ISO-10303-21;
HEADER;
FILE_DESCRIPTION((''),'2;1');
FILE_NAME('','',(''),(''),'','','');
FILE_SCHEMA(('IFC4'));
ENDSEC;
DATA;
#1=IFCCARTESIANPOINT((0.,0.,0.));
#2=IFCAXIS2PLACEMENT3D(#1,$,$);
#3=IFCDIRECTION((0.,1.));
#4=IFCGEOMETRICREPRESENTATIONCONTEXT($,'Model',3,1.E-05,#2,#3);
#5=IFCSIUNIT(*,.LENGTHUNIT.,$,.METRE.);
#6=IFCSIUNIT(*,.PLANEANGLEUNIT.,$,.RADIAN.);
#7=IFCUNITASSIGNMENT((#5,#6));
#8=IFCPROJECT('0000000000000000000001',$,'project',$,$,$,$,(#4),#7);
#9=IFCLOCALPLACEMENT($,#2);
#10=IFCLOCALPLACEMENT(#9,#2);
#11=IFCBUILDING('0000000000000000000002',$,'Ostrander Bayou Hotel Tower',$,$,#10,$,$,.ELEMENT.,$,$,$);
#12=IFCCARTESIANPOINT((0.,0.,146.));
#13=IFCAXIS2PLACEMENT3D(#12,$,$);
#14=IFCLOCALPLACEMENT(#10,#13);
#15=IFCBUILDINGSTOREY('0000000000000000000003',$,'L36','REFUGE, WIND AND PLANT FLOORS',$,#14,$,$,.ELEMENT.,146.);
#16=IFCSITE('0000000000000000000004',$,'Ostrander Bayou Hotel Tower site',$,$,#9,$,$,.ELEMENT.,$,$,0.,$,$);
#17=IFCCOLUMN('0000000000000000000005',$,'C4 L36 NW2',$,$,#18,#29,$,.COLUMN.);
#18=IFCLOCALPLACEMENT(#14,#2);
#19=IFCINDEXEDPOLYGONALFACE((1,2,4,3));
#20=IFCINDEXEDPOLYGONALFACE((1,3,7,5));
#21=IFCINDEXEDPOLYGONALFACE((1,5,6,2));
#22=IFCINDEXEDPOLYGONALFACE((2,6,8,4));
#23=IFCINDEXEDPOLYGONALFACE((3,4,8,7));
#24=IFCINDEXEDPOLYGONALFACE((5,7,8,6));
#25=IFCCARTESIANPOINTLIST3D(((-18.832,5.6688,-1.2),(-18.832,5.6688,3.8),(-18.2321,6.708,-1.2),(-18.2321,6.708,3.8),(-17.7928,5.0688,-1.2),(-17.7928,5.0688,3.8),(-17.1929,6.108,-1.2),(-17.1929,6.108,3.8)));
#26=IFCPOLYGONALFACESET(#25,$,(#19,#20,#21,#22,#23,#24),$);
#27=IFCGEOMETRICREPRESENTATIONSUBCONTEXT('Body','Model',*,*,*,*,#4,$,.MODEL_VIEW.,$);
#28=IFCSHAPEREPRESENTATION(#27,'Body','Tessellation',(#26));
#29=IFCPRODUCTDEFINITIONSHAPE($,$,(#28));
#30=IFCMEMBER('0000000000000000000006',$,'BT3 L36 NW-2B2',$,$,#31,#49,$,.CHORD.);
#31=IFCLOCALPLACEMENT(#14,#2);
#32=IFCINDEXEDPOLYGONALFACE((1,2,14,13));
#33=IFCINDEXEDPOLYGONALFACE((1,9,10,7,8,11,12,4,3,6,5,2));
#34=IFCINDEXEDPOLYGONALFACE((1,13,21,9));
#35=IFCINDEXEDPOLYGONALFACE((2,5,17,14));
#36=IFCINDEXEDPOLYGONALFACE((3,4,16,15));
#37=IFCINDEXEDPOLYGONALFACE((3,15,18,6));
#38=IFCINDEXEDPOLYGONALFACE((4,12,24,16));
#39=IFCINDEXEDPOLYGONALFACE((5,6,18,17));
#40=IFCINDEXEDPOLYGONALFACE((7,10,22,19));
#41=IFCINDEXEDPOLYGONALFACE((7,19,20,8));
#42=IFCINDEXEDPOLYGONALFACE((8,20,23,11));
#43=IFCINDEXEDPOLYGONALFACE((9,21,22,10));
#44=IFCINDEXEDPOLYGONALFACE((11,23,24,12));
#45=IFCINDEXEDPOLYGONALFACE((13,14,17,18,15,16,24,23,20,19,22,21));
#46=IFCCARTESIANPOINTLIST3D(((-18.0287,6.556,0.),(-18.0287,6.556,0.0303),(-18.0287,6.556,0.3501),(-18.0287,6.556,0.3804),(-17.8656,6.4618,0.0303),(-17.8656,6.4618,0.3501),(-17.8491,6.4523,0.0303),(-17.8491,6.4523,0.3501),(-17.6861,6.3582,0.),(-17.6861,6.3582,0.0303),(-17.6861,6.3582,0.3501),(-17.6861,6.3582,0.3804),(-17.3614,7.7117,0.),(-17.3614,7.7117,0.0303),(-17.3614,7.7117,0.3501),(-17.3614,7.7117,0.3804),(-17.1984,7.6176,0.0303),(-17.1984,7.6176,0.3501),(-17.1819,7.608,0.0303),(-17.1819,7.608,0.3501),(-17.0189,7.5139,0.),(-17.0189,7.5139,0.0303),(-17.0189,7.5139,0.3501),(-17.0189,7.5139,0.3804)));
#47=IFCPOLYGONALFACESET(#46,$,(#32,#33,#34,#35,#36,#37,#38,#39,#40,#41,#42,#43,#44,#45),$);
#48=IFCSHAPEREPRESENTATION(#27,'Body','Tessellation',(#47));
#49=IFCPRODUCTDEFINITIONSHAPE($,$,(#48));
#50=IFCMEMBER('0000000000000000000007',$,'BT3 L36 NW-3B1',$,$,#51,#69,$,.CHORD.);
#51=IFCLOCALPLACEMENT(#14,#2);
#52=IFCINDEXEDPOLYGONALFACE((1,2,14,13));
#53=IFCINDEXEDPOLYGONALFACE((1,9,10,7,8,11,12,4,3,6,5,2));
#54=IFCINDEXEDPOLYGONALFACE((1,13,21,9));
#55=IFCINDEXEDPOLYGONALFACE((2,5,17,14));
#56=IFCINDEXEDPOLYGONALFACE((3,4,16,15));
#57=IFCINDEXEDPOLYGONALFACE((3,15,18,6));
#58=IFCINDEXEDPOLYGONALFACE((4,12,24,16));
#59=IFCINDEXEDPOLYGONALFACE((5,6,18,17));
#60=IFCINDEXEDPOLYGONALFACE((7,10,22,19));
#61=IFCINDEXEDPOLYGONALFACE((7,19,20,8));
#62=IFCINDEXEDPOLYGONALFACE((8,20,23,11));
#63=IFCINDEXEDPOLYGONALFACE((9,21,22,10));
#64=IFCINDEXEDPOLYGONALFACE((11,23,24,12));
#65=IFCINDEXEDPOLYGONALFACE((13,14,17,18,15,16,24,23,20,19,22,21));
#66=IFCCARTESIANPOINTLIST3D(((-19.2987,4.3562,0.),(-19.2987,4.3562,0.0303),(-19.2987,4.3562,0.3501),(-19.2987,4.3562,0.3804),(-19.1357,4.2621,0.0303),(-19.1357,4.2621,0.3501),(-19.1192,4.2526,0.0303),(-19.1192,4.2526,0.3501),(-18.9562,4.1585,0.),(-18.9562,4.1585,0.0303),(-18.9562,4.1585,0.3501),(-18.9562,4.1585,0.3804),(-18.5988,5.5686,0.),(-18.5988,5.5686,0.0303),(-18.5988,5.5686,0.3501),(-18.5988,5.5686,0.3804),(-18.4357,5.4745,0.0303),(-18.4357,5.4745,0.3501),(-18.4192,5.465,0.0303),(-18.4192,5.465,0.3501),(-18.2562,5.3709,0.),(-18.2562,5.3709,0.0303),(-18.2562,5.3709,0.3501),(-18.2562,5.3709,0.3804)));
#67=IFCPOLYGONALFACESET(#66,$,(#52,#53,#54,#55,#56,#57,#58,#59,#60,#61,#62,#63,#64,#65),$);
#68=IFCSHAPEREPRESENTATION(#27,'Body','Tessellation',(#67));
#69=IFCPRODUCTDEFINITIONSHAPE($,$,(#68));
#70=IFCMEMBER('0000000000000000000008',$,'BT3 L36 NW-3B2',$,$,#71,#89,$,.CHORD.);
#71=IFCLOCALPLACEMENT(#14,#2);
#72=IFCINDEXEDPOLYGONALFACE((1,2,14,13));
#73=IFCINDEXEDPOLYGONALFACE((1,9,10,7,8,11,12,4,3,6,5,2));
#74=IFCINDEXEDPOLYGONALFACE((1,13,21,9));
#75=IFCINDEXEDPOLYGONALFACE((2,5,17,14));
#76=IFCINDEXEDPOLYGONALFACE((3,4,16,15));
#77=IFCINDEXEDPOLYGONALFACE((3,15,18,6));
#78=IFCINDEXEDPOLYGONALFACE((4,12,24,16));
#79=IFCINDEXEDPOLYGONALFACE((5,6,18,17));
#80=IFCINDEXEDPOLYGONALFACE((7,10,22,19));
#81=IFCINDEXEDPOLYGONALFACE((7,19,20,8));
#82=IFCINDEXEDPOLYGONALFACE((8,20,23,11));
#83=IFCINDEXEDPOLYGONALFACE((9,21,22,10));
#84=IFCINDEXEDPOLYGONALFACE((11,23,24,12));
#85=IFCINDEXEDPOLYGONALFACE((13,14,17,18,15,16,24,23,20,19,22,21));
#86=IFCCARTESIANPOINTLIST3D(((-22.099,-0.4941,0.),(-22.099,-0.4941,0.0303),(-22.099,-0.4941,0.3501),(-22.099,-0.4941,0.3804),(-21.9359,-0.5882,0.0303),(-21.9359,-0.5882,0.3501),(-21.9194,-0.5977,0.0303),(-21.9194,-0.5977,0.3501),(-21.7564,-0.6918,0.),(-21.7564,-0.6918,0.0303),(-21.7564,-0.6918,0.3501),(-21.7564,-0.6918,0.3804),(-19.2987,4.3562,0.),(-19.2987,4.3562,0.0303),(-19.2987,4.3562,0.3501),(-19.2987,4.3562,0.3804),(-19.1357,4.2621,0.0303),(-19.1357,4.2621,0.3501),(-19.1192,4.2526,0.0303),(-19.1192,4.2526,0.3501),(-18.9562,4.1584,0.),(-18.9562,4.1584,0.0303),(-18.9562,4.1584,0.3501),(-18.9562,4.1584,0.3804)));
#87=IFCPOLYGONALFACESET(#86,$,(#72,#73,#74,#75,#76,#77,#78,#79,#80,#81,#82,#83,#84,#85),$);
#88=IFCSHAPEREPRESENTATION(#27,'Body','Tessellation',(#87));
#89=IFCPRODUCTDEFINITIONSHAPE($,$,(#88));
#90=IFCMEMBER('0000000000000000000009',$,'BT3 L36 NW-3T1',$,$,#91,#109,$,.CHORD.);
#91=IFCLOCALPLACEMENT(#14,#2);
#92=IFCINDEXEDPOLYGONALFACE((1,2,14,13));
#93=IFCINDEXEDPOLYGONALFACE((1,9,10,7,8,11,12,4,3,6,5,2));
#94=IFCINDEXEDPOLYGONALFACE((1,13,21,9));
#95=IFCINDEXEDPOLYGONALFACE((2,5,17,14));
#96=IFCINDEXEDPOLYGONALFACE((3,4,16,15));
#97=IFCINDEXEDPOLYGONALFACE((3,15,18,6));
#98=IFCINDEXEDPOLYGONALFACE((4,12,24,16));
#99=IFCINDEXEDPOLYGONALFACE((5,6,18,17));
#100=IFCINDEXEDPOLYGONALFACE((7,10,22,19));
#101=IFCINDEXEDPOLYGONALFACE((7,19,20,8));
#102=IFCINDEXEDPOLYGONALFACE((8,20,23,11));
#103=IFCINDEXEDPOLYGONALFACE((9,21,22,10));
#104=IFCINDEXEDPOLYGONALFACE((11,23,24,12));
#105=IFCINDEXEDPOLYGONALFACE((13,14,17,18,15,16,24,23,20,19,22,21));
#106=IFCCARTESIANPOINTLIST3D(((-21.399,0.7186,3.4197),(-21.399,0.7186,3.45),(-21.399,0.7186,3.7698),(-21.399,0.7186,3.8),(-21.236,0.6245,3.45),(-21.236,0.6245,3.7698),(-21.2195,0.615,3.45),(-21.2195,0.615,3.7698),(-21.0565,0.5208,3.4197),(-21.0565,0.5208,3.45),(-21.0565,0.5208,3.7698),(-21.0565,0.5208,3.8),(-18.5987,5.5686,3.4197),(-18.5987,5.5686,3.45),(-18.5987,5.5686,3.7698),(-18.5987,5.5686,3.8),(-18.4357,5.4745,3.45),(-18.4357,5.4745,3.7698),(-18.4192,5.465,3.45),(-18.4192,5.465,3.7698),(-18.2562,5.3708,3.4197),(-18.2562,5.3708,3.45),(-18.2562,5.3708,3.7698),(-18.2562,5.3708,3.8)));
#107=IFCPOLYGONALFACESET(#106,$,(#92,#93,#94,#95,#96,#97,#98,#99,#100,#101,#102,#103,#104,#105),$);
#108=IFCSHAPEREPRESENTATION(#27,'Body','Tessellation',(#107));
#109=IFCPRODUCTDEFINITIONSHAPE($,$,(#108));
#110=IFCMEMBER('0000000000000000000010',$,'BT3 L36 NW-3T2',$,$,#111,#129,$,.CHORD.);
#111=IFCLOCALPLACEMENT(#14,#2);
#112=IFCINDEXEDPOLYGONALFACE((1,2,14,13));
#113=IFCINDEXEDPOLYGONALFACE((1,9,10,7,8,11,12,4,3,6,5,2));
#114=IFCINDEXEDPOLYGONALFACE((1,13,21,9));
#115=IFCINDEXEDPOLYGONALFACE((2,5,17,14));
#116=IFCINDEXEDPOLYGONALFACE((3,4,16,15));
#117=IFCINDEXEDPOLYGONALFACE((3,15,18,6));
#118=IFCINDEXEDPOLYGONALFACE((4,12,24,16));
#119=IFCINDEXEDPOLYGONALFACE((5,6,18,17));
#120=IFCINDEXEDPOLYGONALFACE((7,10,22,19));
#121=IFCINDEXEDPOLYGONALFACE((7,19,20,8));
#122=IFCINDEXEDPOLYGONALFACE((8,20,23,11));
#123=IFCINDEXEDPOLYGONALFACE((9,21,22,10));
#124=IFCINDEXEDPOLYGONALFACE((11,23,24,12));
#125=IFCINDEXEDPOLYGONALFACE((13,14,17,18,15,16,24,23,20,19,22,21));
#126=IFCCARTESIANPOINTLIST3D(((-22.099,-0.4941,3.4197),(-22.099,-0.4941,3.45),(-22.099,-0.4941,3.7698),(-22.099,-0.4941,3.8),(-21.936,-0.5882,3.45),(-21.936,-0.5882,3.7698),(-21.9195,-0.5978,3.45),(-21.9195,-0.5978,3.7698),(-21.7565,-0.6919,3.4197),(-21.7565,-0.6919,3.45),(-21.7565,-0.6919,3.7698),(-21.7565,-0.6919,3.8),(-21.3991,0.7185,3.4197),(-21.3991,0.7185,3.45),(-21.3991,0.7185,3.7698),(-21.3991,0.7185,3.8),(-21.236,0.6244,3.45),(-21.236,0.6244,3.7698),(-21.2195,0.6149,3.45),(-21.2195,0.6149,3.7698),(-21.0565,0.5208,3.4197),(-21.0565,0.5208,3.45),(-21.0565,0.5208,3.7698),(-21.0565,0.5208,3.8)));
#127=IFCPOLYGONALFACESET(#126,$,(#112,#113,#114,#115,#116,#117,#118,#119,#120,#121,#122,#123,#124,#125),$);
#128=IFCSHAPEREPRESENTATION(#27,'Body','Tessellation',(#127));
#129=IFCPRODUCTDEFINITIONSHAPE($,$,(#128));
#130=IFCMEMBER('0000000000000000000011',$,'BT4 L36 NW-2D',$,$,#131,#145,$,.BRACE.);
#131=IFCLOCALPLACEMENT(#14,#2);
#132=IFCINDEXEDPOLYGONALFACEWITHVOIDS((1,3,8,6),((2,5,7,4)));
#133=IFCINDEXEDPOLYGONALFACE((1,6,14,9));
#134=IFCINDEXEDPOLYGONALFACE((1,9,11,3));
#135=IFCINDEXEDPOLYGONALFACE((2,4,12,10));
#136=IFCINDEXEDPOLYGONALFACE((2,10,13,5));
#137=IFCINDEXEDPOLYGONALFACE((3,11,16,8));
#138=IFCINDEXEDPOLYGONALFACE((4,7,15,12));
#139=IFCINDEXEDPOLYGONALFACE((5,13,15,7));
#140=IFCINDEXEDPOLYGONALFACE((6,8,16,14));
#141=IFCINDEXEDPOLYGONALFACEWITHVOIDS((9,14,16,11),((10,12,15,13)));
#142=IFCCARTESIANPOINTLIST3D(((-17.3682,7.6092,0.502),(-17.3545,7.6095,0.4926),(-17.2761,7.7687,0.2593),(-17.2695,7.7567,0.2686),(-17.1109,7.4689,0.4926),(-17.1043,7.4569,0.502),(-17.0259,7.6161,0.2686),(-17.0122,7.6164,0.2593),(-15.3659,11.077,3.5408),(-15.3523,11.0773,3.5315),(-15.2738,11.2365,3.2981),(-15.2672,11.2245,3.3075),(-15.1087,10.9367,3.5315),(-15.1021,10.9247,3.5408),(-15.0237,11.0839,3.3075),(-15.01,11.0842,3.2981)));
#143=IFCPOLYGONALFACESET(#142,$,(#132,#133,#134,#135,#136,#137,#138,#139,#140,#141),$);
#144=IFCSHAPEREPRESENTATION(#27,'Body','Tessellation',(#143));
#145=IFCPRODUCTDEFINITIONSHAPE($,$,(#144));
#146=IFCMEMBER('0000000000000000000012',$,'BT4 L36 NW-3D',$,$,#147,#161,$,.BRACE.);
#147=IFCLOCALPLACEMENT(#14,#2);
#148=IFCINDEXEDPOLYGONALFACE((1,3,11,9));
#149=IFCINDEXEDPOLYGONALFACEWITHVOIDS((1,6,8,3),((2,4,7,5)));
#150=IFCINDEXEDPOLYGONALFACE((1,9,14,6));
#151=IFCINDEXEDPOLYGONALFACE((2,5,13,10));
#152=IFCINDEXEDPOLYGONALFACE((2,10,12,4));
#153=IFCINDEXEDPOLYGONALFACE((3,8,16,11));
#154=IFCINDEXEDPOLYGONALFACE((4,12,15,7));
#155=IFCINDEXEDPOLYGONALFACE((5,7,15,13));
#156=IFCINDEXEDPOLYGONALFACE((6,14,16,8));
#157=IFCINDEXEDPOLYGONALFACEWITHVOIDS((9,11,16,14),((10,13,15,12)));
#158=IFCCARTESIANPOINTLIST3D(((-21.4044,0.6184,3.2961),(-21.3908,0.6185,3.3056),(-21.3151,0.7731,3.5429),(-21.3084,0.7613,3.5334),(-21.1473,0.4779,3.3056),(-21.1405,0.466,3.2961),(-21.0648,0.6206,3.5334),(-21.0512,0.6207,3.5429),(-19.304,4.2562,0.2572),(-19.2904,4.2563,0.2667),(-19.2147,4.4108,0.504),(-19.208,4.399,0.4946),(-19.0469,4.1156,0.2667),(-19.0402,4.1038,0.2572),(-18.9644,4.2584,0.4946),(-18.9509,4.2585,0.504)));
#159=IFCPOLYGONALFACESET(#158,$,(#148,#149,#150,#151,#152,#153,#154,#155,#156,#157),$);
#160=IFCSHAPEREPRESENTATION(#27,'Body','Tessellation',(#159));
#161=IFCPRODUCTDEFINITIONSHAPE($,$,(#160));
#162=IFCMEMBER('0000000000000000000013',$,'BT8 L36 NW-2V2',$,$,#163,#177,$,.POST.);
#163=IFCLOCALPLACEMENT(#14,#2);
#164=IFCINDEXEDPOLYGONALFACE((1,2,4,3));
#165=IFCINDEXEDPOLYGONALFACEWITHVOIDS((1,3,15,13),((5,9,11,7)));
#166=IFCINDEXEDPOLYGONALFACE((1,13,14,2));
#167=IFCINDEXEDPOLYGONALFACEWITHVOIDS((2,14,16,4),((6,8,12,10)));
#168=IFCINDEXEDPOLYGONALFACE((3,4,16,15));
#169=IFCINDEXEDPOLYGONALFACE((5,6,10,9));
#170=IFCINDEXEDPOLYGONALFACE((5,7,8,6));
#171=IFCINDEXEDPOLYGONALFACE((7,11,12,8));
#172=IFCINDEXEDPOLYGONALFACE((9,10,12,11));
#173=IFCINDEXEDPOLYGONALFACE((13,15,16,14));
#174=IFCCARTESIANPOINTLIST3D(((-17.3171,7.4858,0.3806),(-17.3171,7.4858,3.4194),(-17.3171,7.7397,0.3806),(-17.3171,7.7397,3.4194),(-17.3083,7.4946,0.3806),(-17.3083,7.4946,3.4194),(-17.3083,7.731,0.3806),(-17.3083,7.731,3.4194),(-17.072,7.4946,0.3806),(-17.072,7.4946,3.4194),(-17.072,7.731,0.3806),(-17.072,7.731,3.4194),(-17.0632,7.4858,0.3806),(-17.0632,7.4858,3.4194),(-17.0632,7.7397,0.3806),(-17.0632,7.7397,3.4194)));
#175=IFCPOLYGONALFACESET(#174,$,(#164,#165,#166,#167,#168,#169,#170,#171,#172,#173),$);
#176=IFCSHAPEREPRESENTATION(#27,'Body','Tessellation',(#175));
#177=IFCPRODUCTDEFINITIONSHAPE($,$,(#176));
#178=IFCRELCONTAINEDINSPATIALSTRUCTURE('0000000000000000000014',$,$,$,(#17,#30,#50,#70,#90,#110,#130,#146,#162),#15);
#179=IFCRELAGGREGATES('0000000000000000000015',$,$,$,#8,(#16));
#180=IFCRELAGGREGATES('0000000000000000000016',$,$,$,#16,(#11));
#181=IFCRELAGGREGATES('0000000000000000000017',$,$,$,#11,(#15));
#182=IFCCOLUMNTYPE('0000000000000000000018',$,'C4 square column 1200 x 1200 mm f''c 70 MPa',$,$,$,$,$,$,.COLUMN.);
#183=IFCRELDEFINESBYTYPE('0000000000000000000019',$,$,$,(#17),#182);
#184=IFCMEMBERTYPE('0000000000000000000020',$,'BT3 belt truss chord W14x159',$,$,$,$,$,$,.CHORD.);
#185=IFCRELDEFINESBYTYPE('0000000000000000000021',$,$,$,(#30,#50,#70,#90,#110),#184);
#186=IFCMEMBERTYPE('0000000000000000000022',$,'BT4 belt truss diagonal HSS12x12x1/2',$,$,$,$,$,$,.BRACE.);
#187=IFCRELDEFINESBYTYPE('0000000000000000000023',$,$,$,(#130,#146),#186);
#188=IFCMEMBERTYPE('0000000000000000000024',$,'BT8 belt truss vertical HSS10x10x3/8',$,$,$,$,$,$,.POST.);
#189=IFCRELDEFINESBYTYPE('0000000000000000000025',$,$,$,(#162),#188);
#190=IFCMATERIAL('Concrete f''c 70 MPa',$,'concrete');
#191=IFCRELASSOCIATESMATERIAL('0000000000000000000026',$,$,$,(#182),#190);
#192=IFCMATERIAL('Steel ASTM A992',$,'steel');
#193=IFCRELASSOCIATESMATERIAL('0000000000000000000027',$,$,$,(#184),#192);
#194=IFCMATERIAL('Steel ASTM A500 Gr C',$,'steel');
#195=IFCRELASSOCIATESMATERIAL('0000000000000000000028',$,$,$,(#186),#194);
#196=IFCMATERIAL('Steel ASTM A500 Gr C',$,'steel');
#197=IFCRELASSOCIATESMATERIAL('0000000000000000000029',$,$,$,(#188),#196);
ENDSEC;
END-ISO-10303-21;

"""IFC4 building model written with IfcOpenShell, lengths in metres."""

from ifc_helpers import new_model, si_unit, direction, frame, origin, origin_2d, place, context, subcontext, project, spatial, rectangle, hollow_rectangle, i_section, extrude, material, material_profile, profile_set, type_object, element, save


model = new_model("IFC4")

# Units and contexts
model_context = context("Model", 3, precision=1e-05, world=origin(), true_north=direction((0.0, 1.0)))
body_context = subcontext(model_context, "Body", "Model", "MODEL_VIEW")
ifc_project = project(units=[si_unit("LENGTHUNIT", "METRE"), si_unit("PLANEANGLEUNIT", "RADIAN")], contexts=[model_context])

# Site, building, storey
site_placement = place(None, origin())
site = spatial("IfcSite", under=ifc_project, at=site_placement, Name="Ostrander Bayou Hotel Tower site", CompositionType="ELEMENT", RefElevation=0.0)
building_placement = place(site_placement, origin())
building = spatial("IfcBuilding", under=site, at=building_placement, Name="Ostrander Bayou Hotel Tower", CompositionType="ELEMENT")
storey_placement = place(building_placement, frame((0.0, 0.0, 146.0)))
storey = spatial("IfcBuildingStorey", under=building, at=storey_placement, Name="L36", Description="REFUGE, WIND AND PLANT FLOORS", CompositionType="ELEMENT", Elevation=146.0)

# Column
ifc_material_1 = material(Name="Concrete f'c 70 MPa", Category="concrete")
ifc_material_profile_1 = material_profile(ifc_material_1, rectangle(XDim=1.2, YDim=1.2, at=origin_2d()))
ifc_profile_set_1 = profile_set([ifc_material_profile_1], Name="Concrete f'c 70 MPa")
column_type = type_object("IfcColumnType", Name="C4 square column 1200 x 1200 mm f'c 70 MPa", PredefinedType="COLUMN", material=ifc_profile_set_1)
column_placement = place(storey_placement, frame((-18.0125, 5.8884, -1.2), z_axis=(0.0, 0.0, 1.0), x_axis=(0.5, 0.866025, 0.0)))
element("IfcColumn", 1, at=column_placement, inside=storey, type_object=column_type, Name="C4 L36 NW2", PredefinedType="COLUMN", context=body_context, shape_type="SweptSolid", body=[
    extrude(rectangle(XDim=1.2, YDim=1.2, at=origin_2d()), origin(), (0.0, 0.0, 1.0), 5.0),
])

# Members
ifc_material_2 = material(Name="Steel ASTM A992", Category="steel")
ifc_material_profile_2 = material_profile(ifc_material_2, i_section(OverallWidth=0.3955, OverallDepth=0.3804, WebThickness=0.019, FlangeThickness=0.0303, at=origin_2d()))
ifc_profile_set_2 = profile_set([ifc_material_profile_2], Name="Steel ASTM A992")
member_type_1 = type_object("IfcMemberType", Name="BT3 belt truss chord W14x159", PredefinedType="CHORD", material=ifc_profile_set_2)
member_1_placement = place(storey_placement, frame((-17.1902, 7.6128, 0.1902), z_axis=(-0.499976, -0.866039, 0.0), x_axis=(0.866039, -0.499976, 0.0)))
element("IfcMember", 2, at=member_1_placement, inside=storey, type_object=member_type_1, Name="BT3 L36 NW-2B2", PredefinedType="CHORD", context=body_context, shape_type="SweptSolid", body=[
    extrude(i_section(OverallWidth=0.3955, OverallDepth=0.3804, WebThickness=0.019, FlangeThickness=0.0303, at=origin_2d()), origin(), (0.0, 0.0, 1.0), 1.3345),
])
member_2_placement = place(storey_placement, frame((-18.4275, 5.4697, 0.1902), z_axis=(-0.499984, -0.866035, 0.0), x_axis=(0.866035, -0.499984, 0.0)))
element("IfcMember", 3, at=member_2_placement, inside=storey, type_object=member_type_1, Name="BT3 L36 NW-3B1", PredefinedType="CHORD", context=body_context, shape_type="SweptSolid", body=[
    extrude(i_section(OverallWidth=0.3955, OverallDepth=0.3804, WebThickness=0.019, FlangeThickness=0.0303, at=origin_2d()), origin(), (0.0, 0.0, 1.0), 1.3999),
])
member_3_placement = place(storey_placement, frame((-19.1274, 4.2573, 0.1902), z_axis=(-0.499993, -0.86603, 0.0), x_axis=(0.86603, -0.499993, 0.0)))
element("IfcMember", 4, at=member_3_placement, inside=storey, type_object=member_type_1, Name="BT3 L36 NW-3B2", PredefinedType="CHORD", context=body_context, shape_type="SweptSolid", body=[
    extrude(i_section(OverallWidth=0.3955, OverallDepth=0.3804, WebThickness=0.019, FlangeThickness=0.0303, at=origin_2d()), origin(), (0.0, 0.0, 1.0), 5.6006),
])
member_4_placement = place(storey_placement, frame((-18.4275, 5.4697, 3.6099), z_axis=(-0.500012, -0.866019, 0.0), x_axis=(0.866019, -0.500012, 0.0)))
element("IfcMember", 5, at=member_4_placement, inside=storey, type_object=member_type_1, Name="BT3 L36 NW-3T1", PredefinedType="CHORD", context=body_context, shape_type="SweptSolid", body=[
    extrude(i_section(OverallWidth=0.3955, OverallDepth=0.3804, WebThickness=0.019, FlangeThickness=0.0303, at=origin_2d()), origin(), (0.0, 0.0, 1.0), 5.6003),
])
member_5_placement = place(storey_placement, frame((-21.2278, 0.6196, 3.6099), z_axis=(-0.499909, -0.866078, 0.0), x_axis=(0.866078, -0.499909, 0.0)))
element("IfcMember", 6, at=member_5_placement, inside=storey, type_object=member_type_1, Name="BT3 L36 NW-3T2", PredefinedType="CHORD", context=body_context, shape_type="SweptSolid", body=[
    extrude(i_section(OverallWidth=0.3955, OverallDepth=0.3804, WebThickness=0.019, FlangeThickness=0.0303, at=origin_2d()), origin(), (0.0, 0.0, 1.0), 1.4001),
])
ifc_material_3 = material(Name="Steel ASTM A500 Gr C", Category="steel")
ifc_material_profile_3 = material_profile(ifc_material_3, hollow_rectangle(XDim=0.3047, YDim=0.3047, WallThickness=0.0117, at=origin_2d()))
ifc_profile_set_3 = profile_set([ifc_material_profile_3], Name="Steel ASTM A500 Gr C")
member_type_2 = type_object("IfcMemberType", Name="BT4 belt truss diagonal HSS12x12x1/2", PredefinedType="BRACE", material=ifc_profile_set_3)
member_6_placement = place(storey_placement, frame((-17.1902, 7.6128, 0.3806), z_axis=(0.398305, 0.689858, 0.604524), x_axis=(-0.866017, 0.500014, 0.0)))
element("IfcMember", 7, at=member_6_placement, inside=storey, type_object=member_type_2, Name="BT4 L36 NW-2D", PredefinedType="BRACE", context=body_context, shape_type="SweptSolid", body=[
    extrude(hollow_rectangle(XDim=0.3047, YDim=0.3047, WallThickness=0.0117, at=origin_2d()), origin(), (0.0, 0.0, 1.0), 5.0269),
])
member_7_placement = place(storey_placement, frame((-19.1274, 4.2573, 0.3806), z_axis=(-0.405122, -0.701653, 0.586139), x_axis=(0.866013, -0.500021, 0.0)))
element("IfcMember", 8, at=member_7_placement, inside=storey, type_object=member_type_2, Name="BT4 L36 NW-3D", PredefinedType="BRACE", context=body_context, shape_type="SweptSolid", body=[
    extrude(hollow_rectangle(XDim=0.3047, YDim=0.3047, WallThickness=0.0117, at=origin_2d()), origin(), (0.0, 0.0, 1.0), 5.1846),
])
ifc_material_4 = material(Name="Steel ASTM A500 Gr C", Category="steel")
ifc_material_profile_4 = material_profile(ifc_material_4, hollow_rectangle(XDim=0.2539, YDim=0.2539, WallThickness=0.0088, at=origin_2d()))
ifc_profile_set_4 = profile_set([ifc_material_profile_4], Name="Steel ASTM A500 Gr C")
member_type_3 = type_object("IfcMemberType", Name="BT8 belt truss vertical HSS10x10x3/8", PredefinedType="POST", material=ifc_profile_set_4)
for number, where, z_axis, x_axis, name in (
    (9, (-17.1902, 7.6128, 0.3806), (0.0, 0.0, 1.0), (1.0, 0.0, 0.0), "BT8 L36 NW-2V2"),
):
    element("IfcMember", number, at=place(storey_placement, frame(where, z_axis=z_axis, x_axis=x_axis)), inside=storey, type_object=member_type_3, Name=name, PredefinedType="POST", context=body_context, shape_type="SweptSolid", body=[
        extrude(hollow_rectangle(XDim=0.2539, YDim=0.2539, WallThickness=0.0088, at=origin_2d()), origin(), (0.0, 0.0, 1.0), 3.0388),
    ])

save(model, "model.ifc")
